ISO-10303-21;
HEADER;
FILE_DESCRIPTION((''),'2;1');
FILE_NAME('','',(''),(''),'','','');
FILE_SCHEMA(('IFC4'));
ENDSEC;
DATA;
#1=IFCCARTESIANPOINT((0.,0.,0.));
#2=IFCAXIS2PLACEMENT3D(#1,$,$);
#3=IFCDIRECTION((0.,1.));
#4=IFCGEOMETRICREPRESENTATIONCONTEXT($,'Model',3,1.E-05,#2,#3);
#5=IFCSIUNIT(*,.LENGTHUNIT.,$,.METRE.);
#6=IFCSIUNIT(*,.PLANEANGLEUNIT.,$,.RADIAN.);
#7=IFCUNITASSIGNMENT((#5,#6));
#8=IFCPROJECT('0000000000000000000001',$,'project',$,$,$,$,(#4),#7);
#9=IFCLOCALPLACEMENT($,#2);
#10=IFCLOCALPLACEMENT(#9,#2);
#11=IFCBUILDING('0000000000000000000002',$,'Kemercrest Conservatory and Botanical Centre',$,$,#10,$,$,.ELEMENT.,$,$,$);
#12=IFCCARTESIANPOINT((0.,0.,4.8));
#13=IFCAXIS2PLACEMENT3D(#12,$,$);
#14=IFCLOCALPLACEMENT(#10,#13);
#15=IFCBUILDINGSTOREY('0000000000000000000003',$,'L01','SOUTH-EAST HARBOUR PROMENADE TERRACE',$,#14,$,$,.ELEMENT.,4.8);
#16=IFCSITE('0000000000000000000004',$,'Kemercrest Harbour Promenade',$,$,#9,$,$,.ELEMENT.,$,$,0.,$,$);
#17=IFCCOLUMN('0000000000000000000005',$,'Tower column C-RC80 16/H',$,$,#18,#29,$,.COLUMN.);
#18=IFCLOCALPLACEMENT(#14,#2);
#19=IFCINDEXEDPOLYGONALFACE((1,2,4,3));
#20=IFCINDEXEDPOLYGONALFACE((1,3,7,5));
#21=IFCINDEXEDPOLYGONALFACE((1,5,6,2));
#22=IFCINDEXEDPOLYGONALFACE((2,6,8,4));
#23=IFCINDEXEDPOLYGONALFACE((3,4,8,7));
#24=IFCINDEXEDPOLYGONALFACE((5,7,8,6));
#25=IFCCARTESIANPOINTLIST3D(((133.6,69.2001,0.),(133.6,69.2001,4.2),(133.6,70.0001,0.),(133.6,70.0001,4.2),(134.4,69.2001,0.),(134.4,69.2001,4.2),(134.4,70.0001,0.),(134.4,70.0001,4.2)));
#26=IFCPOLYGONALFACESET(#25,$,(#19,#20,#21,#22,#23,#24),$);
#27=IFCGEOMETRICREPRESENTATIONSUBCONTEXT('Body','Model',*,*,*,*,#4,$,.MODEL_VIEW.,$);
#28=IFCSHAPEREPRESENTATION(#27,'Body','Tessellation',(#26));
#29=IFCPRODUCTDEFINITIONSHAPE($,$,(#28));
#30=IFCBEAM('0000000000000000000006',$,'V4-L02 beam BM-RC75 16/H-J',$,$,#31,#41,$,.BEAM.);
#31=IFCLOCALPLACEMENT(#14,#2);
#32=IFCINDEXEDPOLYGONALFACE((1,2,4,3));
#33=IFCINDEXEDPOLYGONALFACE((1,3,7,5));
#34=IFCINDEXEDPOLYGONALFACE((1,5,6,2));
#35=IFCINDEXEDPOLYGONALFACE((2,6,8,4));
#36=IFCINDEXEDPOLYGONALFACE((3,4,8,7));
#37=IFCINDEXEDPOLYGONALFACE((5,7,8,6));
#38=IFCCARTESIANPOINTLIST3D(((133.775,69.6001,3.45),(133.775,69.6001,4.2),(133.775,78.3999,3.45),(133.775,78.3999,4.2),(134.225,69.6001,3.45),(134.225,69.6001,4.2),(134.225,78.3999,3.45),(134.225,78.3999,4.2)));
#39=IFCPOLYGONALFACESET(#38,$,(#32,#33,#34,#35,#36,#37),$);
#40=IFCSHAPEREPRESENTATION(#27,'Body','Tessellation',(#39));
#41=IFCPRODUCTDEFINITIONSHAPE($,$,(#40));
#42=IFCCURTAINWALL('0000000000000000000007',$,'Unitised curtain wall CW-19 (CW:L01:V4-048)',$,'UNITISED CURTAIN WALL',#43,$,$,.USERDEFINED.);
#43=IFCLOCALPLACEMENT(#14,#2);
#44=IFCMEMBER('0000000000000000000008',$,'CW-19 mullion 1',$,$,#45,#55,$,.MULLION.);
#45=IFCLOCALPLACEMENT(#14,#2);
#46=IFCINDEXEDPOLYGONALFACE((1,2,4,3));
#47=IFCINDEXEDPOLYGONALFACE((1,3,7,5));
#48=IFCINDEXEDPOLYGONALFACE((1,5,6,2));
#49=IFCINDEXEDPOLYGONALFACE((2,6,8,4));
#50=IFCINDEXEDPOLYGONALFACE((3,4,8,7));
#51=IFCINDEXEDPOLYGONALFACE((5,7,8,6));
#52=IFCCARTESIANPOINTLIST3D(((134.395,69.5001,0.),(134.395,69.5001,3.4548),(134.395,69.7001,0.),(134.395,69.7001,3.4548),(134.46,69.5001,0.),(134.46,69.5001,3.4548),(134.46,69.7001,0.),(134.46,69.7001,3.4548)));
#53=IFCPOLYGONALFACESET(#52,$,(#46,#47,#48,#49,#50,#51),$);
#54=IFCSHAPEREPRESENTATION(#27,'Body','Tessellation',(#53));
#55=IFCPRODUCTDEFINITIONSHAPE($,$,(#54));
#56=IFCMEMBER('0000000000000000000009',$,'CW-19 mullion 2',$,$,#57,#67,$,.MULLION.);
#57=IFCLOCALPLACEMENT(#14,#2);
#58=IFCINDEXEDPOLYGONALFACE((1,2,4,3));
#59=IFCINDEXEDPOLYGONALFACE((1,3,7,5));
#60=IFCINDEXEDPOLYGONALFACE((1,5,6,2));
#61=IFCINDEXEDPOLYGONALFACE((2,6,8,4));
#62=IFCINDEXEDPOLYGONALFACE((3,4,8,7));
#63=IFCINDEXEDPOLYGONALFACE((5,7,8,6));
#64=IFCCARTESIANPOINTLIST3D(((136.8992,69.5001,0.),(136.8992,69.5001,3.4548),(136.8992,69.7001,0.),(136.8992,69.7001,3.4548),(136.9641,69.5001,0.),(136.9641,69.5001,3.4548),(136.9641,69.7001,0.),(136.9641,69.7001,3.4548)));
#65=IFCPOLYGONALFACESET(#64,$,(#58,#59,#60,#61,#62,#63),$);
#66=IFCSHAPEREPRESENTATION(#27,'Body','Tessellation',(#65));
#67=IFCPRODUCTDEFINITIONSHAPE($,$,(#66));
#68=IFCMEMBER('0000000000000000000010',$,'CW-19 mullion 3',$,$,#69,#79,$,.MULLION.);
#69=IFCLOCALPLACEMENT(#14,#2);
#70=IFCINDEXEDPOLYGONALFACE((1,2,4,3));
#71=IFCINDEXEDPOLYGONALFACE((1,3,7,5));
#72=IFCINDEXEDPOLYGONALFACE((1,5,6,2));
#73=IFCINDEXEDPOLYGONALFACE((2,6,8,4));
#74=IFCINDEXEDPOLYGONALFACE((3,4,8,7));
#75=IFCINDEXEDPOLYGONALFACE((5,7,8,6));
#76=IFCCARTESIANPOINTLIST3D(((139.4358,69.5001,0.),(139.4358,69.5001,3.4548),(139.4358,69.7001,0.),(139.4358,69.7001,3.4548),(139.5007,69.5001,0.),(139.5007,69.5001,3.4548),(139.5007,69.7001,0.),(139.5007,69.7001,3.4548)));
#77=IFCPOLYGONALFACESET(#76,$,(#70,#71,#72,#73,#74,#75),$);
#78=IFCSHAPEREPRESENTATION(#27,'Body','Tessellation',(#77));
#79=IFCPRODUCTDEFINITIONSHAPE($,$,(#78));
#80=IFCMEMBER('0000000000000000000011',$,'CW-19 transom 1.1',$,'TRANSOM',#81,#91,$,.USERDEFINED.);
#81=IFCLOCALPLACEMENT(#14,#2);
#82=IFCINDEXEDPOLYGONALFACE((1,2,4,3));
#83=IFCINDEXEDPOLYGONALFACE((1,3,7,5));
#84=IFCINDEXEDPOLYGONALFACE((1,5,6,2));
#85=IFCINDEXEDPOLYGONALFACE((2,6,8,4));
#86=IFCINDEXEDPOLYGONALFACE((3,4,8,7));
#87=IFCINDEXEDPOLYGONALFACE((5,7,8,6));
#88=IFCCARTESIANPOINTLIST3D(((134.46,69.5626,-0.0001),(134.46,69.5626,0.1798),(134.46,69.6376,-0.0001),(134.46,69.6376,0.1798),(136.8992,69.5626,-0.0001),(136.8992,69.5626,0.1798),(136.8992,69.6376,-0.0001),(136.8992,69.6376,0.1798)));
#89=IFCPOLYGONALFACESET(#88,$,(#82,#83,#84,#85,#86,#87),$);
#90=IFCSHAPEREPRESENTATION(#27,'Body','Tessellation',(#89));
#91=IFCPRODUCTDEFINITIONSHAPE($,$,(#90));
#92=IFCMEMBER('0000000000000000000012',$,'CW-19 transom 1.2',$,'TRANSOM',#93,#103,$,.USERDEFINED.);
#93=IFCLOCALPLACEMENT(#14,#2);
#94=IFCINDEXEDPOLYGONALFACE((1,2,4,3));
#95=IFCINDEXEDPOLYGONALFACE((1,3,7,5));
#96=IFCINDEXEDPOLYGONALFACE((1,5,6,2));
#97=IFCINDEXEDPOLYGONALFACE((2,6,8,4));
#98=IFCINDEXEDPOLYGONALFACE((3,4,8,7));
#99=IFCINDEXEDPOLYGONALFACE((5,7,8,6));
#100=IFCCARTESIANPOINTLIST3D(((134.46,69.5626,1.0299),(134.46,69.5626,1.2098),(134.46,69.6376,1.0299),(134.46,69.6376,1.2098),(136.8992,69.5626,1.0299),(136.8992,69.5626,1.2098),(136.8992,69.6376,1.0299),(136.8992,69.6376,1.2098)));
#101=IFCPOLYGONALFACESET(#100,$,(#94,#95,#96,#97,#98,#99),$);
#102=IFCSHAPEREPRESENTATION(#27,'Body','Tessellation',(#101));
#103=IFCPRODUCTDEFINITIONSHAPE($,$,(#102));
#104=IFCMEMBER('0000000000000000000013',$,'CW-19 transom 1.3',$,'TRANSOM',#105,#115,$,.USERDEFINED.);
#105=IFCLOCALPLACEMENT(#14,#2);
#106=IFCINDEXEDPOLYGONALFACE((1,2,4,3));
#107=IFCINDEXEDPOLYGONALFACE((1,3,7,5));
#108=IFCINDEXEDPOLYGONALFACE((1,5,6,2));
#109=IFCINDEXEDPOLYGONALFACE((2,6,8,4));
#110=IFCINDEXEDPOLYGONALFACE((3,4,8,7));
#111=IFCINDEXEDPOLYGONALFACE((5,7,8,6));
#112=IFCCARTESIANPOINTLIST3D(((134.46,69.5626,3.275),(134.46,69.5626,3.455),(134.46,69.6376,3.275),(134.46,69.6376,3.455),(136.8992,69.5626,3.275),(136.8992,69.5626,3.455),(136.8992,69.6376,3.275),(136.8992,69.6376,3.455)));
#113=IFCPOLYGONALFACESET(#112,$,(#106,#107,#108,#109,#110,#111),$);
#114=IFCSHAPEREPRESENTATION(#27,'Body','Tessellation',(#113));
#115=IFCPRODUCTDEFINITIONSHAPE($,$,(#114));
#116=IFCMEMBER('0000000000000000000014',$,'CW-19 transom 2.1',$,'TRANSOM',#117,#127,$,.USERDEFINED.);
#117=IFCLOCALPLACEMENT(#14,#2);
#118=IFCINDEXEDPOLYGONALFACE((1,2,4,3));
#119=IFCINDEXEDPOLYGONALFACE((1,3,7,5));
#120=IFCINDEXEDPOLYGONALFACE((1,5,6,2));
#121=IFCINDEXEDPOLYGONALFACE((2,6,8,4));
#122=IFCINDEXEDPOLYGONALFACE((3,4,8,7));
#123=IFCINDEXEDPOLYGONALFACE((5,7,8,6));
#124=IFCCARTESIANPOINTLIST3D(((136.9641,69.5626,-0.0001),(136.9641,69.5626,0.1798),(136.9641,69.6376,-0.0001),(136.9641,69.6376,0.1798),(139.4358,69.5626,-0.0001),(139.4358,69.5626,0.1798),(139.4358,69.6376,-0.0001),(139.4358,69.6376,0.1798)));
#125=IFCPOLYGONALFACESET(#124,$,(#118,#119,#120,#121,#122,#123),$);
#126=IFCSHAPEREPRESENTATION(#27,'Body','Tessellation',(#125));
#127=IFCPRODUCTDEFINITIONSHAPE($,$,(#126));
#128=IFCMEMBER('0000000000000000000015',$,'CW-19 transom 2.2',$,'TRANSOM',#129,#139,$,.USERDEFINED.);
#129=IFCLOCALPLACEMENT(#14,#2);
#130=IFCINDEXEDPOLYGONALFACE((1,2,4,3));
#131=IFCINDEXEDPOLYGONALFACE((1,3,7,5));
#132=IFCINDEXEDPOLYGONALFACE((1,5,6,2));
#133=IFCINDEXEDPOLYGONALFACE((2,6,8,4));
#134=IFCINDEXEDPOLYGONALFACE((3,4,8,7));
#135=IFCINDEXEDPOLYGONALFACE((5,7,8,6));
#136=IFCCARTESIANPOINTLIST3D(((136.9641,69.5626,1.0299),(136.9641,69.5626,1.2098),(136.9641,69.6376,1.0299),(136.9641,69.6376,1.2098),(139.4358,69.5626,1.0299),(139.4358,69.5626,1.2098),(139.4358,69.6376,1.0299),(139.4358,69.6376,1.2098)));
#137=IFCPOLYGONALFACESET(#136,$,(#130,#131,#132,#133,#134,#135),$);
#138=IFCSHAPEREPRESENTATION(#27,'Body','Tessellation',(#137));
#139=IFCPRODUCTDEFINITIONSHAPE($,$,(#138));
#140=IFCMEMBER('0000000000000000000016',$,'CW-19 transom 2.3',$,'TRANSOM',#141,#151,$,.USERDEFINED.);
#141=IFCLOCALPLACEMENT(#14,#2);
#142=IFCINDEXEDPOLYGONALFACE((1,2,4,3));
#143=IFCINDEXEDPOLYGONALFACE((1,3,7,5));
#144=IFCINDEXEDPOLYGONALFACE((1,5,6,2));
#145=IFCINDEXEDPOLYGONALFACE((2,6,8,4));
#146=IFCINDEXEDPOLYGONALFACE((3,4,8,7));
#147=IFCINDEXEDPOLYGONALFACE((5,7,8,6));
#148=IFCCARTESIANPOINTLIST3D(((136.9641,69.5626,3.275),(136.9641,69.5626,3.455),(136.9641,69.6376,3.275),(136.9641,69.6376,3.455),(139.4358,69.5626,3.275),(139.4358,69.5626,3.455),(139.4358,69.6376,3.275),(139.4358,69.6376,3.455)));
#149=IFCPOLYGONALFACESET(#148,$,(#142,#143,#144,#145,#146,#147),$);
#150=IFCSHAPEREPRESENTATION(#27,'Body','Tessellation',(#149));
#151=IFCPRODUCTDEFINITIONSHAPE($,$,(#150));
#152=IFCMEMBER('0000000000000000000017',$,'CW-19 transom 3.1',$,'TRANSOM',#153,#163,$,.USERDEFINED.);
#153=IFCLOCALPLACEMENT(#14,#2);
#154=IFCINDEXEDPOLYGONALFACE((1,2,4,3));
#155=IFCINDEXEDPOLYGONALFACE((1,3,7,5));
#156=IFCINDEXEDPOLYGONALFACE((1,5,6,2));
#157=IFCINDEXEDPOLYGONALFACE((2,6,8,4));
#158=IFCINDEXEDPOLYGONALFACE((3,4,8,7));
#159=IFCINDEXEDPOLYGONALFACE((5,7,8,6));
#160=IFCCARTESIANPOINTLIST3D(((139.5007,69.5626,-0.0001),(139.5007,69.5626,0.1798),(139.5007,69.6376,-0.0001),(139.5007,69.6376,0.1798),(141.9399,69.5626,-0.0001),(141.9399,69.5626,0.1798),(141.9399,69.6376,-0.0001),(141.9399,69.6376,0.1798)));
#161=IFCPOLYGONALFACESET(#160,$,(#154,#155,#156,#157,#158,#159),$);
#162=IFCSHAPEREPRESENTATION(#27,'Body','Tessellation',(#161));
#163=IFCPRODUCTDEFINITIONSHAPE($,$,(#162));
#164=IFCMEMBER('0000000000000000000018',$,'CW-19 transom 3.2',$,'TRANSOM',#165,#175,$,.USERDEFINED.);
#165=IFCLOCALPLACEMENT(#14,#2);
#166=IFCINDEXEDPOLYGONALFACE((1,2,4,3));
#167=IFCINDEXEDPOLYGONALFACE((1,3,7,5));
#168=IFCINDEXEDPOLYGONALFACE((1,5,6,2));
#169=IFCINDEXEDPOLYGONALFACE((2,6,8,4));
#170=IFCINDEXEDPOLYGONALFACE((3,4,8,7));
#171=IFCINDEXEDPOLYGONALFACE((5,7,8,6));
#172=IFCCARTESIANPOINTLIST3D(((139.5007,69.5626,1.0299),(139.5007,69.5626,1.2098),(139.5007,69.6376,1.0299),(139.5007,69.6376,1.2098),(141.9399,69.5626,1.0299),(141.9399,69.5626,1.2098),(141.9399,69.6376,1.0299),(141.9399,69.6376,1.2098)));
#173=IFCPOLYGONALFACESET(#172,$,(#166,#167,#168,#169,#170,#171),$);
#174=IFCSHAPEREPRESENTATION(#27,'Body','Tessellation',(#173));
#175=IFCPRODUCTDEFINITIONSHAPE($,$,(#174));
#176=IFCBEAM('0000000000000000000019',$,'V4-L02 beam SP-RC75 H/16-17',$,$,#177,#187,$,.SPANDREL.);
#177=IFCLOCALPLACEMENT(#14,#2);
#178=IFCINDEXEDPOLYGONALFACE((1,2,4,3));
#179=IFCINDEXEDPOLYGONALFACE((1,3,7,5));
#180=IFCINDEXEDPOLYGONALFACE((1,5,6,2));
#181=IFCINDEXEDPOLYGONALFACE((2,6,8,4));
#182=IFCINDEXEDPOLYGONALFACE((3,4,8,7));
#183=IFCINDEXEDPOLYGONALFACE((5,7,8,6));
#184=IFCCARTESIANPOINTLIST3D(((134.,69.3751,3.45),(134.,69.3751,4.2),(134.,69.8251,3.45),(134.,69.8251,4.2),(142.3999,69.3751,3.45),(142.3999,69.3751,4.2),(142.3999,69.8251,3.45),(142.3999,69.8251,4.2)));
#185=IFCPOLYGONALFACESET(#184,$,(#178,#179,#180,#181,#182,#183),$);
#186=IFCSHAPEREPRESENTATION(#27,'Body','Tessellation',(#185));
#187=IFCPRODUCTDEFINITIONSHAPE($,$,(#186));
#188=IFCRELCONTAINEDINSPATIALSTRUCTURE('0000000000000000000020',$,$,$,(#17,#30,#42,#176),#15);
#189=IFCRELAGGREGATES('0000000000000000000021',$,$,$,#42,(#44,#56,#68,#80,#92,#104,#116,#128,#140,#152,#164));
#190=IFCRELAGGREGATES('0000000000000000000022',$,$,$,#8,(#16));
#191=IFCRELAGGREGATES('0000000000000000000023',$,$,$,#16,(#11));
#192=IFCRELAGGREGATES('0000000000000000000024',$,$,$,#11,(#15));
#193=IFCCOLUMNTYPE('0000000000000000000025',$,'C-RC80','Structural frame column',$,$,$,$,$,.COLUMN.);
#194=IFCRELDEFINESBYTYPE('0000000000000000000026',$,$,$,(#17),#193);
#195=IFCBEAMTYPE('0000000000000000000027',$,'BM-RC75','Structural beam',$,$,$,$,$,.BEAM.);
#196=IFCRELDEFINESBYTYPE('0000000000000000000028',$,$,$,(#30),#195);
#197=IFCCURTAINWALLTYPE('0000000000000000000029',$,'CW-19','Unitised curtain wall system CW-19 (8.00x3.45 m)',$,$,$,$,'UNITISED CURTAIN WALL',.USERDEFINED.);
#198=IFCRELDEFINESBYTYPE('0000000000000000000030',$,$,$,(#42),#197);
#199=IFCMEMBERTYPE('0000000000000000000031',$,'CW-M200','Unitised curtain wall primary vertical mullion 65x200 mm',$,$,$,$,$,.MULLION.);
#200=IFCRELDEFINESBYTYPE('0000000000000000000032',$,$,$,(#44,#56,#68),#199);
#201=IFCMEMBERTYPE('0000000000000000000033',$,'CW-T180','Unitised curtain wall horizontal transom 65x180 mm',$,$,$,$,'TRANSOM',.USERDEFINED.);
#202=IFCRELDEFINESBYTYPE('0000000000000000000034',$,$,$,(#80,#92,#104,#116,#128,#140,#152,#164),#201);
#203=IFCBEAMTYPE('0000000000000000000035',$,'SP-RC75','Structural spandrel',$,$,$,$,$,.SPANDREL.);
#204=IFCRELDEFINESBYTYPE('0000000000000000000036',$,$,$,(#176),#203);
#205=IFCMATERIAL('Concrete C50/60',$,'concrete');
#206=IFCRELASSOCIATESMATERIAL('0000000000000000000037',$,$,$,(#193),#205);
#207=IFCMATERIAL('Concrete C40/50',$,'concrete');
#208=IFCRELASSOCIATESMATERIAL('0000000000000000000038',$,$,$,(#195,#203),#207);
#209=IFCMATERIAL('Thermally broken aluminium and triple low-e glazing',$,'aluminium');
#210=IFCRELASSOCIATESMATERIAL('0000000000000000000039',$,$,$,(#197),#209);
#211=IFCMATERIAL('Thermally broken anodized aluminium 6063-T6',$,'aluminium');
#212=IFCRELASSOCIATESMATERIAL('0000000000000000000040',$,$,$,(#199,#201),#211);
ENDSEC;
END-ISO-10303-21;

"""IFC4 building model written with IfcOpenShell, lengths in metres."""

from ifc_helpers import new_model, si_unit, direction, frame, origin, origin_2d, place, context, subcontext, project, spatial, rectangle, extrude, material, material_profile, profile_set, type_object, element, aggregate, save


model = new_model("IFC4")

# Units and contexts
model_context = context("Model", 3, precision=1e-05, world=origin(), true_north=direction((0.0, 1.0)))
body_context = subcontext(model_context, "Body", "Model", "MODEL_VIEW")
ifc_project = project(units=[si_unit("LENGTHUNIT", "METRE"), si_unit("PLANEANGLEUNIT", "RADIAN")], contexts=[model_context])

# Site, building, storey
site_placement = place(None, origin())
site = spatial("IfcSite", under=ifc_project, at=site_placement, Name="Kemercrest Harbour Promenade", CompositionType="ELEMENT", RefElevation=0.0)
building_placement = place(site_placement, origin())
building = spatial("IfcBuilding", under=site, at=building_placement, Name="Kemercrest Conservatory and Botanical Centre", CompositionType="ELEMENT")
storey_placement = place(building_placement, frame((0.0, 0.0, 4.8)))
storey = spatial("IfcBuildingStorey", under=building, at=storey_placement, Name="L01", Description="SOUTH-EAST HARBOUR PROMENADE TERRACE", CompositionType="ELEMENT", Elevation=4.8)

# Column
ifc_material_1 = material(Name="Concrete C50/60", Category="concrete")
ifc_material_profile_1 = material_profile(ifc_material_1, rectangle(XDim=0.8, YDim=0.8, at=origin_2d()), Name="RC 800x800")
ifc_profile_set_1 = profile_set([ifc_material_profile_1], Name="Concrete C50/60")
column_type = type_object("IfcColumnType", Name="C-RC80", Description="Structural frame column", PredefinedType="COLUMN", material=ifc_profile_set_1)
column_placement = place(storey_placement, frame((134.0, 69.6001, 0.0), z_axis=(0.0, 0.0, 1.0), x_axis=(1.0, 0.0, 0.0)))
element("IfcColumn", 1, at=column_placement, inside=storey, type_object=column_type, Name="Tower column C-RC80 16/H", PredefinedType="COLUMN", context=body_context, shape_type="SweptSolid", body=[
    extrude(rectangle(XDim=0.8, YDim=0.8, at=origin_2d()), origin(), (0.0, 0.0, 1.0), 4.2),
])

# Beam
ifc_material_2 = material(Name="Concrete C40/50", Category="concrete")
ifc_material_profile_2 = material_profile(ifc_material_2, rectangle(XDim=0.45, YDim=0.75, at=origin_2d()), Name="RC 450x750")
ifc_profile_set_2 = profile_set([ifc_material_profile_2], Name="Concrete C40/50")
beam_type_1 = type_object("IfcBeamType", Name="BM-RC75", Description="Structural beam", PredefinedType="BEAM", material=ifc_profile_set_2)
beam_1_placement = place(storey_placement, frame((134.0, 69.6001, 3.825), z_axis=(0.0, 1.0, 0.0), x_axis=(-1.0, 0.0, 0.0)))
element("IfcBeam", 2, at=beam_1_placement, inside=storey, type_object=beam_type_1, Name="V4-L02 beam BM-RC75 16/H-J", PredefinedType="BEAM", context=body_context, shape_type="SweptSolid", body=[
    extrude(rectangle(XDim=0.45, YDim=0.75, at=origin_2d()), origin(), (0.0, 0.0, 1.0), 8.7998),
])

# Curtain wall, members
ifc_material_3 = material(Name="Thermally broken aluminium and triple low-e glazing", Category="aluminium")
curtain_wall_type = type_object("IfcCurtainWallType", Name="CW-19", Description="Unitised curtain wall system CW-19 (8.00x3.45 m)", ElementType="UNITISED CURTAIN WALL", PredefinedType="USERDEFINED", material=ifc_material_3)
curtain_wall_placement = place(storey_placement, origin())
curtain_wall = element("IfcCurtainWall", 3, at=curtain_wall_placement, inside=storey, type_object=curtain_wall_type, Name="Unitised curtain wall CW-19 (CW:L01:V4-048)", ObjectType="UNITISED CURTAIN WALL", PredefinedType="USERDEFINED")
ifc_material_4 = material(Name="Thermally broken anodized aluminium 6063-T6", Category="aluminium")
ifc_material_profile_3 = material_profile(ifc_material_4, rectangle(XDim=0.2, YDim=0.0649, at=origin_2d()), Name="AL MULLION 65x200")
ifc_profile_set_3 = profile_set([ifc_material_profile_3], Name="Thermally broken anodized aluminium 6063-T6")
member_type_1 = type_object("IfcMemberType", Name="CW-M200", Description="Unitised curtain wall primary vertical mullion 65x200 mm", PredefinedType="MULLION", material=ifc_profile_set_3)
member_1_placement = place(storey_placement, frame((134.4275, 69.6001, 0.0), z_axis=(0.0, 0.0, 1.0), x_axis=(0.0, 1.0, 0.0)))
member_1 = element("IfcMember", 4, at=member_1_placement, type_object=member_type_1, Name="CW-19 mullion 1", PredefinedType="MULLION", context=body_context, shape_type="SweptSolid", body=[
    extrude(rectangle(XDim=0.2, YDim=0.0649, at=origin_2d()), origin(), (0.0, 0.0, 1.0), 3.4548),
])
member_2_placement = place(storey_placement, frame((136.9316, 69.6001, 0.0), z_axis=(0.0, 0.0, 1.0), x_axis=(0.0, 1.0, 0.0)))
member_2 = element("IfcMember", 5, at=member_2_placement, type_object=member_type_1, Name="CW-19 mullion 2", PredefinedType="MULLION", context=body_context, shape_type="SweptSolid", body=[
    extrude(rectangle(XDim=0.2, YDim=0.0649, at=origin_2d()), origin(), (0.0, 0.0, 1.0), 3.4548),
])
member_3_placement = place(storey_placement, frame((139.4683, 69.6001, 0.0), z_axis=(0.0, 0.0, 1.0), x_axis=(0.0, 1.0, 0.0)))
member_3 = element("IfcMember", 6, at=member_3_placement, type_object=member_type_1, Name="CW-19 mullion 3", PredefinedType="MULLION", context=body_context, shape_type="SweptSolid", body=[
    extrude(rectangle(XDim=0.2, YDim=0.0649, at=origin_2d()), origin(), (0.0, 0.0, 1.0), 3.4548),
])
ifc_material_profile_4 = material_profile(ifc_material_4, rectangle(XDim=0.075, YDim=0.1799, at=origin_2d()), Name="AL TRANSOM 75x180")
ifc_profile_set_4 = profile_set([ifc_material_profile_4], Name="Thermally broken anodized aluminium 6063-T6")
member_type_2 = type_object("IfcMemberType", Name="CW-T180", Description="Unitised curtain wall horizontal transom 65x180 mm", ElementType="TRANSOM", PredefinedType="USERDEFINED", material=ifc_profile_set_4)
member_4_placement = place(storey_placement, frame((134.46, 69.6001, 0.0898), z_axis=(1.0, 0.0, 0.0), x_axis=(0.0, 1.0, 0.0)))
member_4 = element("IfcMember", 7, at=member_4_placement, type_object=member_type_2, Name="CW-19 transom 1.1", ObjectType="TRANSOM", PredefinedType="USERDEFINED", context=body_context, shape_type="SweptSolid", body=[
    extrude(rectangle(XDim=0.075, YDim=0.1799, at=origin_2d()), origin(), (0.0, 0.0, 1.0), 2.4392),
])
member_5_placement = place(storey_placement, frame((134.46, 69.6001, 1.1199), z_axis=(1.0, 0.0, 0.0), x_axis=(0.0, 1.0, 0.0)))
member_5 = element("IfcMember", 8, at=member_5_placement, type_object=member_type_2, Name="CW-19 transom 1.2", ObjectType="TRANSOM", PredefinedType="USERDEFINED", context=body_context, shape_type="SweptSolid", body=[
    extrude(rectangle(XDim=0.075, YDim=0.1799, at=origin_2d()), origin(), (0.0, 0.0, 1.0), 2.4392),
])
member_6_placement = place(storey_placement, frame((134.46, 69.6001, 3.365), z_axis=(1.0, 0.0, 0.0), x_axis=(0.0, 1.0, 0.0)))
member_6 = element("IfcMember", 9, at=member_6_placement, type_object=member_type_2, Name="CW-19 transom 1.3", ObjectType="TRANSOM", PredefinedType="USERDEFINED", context=body_context, shape_type="SweptSolid", body=[
    extrude(rectangle(XDim=0.075, YDim=0.1799, at=origin_2d()), origin(), (0.0, 0.0, 1.0), 2.4392),
])
member_7_placement = place(storey_placement, frame((136.9641, 69.6001, 0.0898), z_axis=(1.0, 0.0, 0.0), x_axis=(0.0, 1.0, 0.0)))
member_7 = element("IfcMember", 10, at=member_7_placement, type_object=member_type_2, Name="CW-19 transom 2.1", ObjectType="TRANSOM", PredefinedType="USERDEFINED", context=body_context, shape_type="SweptSolid", body=[
    extrude(rectangle(XDim=0.075, YDim=0.1799, at=origin_2d()), origin(), (0.0, 0.0, 1.0), 2.4717),
])
member_8_placement = place(storey_placement, frame((136.9641, 69.6001, 1.1199), z_axis=(1.0, 0.0, 0.0), x_axis=(0.0, 1.0, 0.0)))
member_8 = element("IfcMember", 11, at=member_8_placement, type_object=member_type_2, Name="CW-19 transom 2.2", ObjectType="TRANSOM", PredefinedType="USERDEFINED", context=body_context, shape_type="SweptSolid", body=[
    extrude(rectangle(XDim=0.075, YDim=0.1799, at=origin_2d()), origin(), (0.0, 0.0, 1.0), 2.4717),
])
member_9_placement = place(storey_placement, frame((136.9641, 69.6001, 3.365), z_axis=(1.0, 0.0, 0.0), x_axis=(0.0, 1.0, 0.0)))
member_9 = element("IfcMember", 12, at=member_9_placement, type_object=member_type_2, Name="CW-19 transom 2.3", ObjectType="TRANSOM", PredefinedType="USERDEFINED", context=body_context, shape_type="SweptSolid", body=[
    extrude(rectangle(XDim=0.075, YDim=0.1799, at=origin_2d()), origin(), (0.0, 0.0, 1.0), 2.4717),
])
member_10_placement = place(storey_placement, frame((139.5007, 69.6001, 0.0898), z_axis=(1.0, 0.0, 0.0), x_axis=(0.0, 1.0, 0.0)))
member_10 = element("IfcMember", 13, at=member_10_placement, type_object=member_type_2, Name="CW-19 transom 3.1", ObjectType="TRANSOM", PredefinedType="USERDEFINED", context=body_context, shape_type="SweptSolid", body=[
    extrude(rectangle(XDim=0.075, YDim=0.1799, at=origin_2d()), origin(), (0.0, 0.0, 1.0), 2.4392),
])
member_11_placement = place(storey_placement, frame((139.5007, 69.6001, 1.1199), z_axis=(1.0, 0.0, 0.0), x_axis=(0.0, 1.0, 0.0)))
member_11 = element("IfcMember", 14, at=member_11_placement, type_object=member_type_2, Name="CW-19 transom 3.2", ObjectType="TRANSOM", PredefinedType="USERDEFINED", context=body_context, shape_type="SweptSolid", body=[
    extrude(rectangle(XDim=0.075, YDim=0.1799, at=origin_2d()), origin(), (0.0, 0.0, 1.0), 2.4392),
])

# Beam
ifc_material_profile_5 = material_profile(ifc_material_2, rectangle(XDim=0.45, YDim=0.75, at=origin_2d()), Name="RC 450x750")
ifc_profile_set_5 = profile_set([ifc_material_profile_5], Name="Concrete C40/50")
beam_type_2 = type_object("IfcBeamType", Name="SP-RC75", Description="Structural spandrel", PredefinedType="SPANDREL", material=ifc_profile_set_5)
beam_2_placement = place(storey_placement, frame((134.0, 69.6001, 3.825), z_axis=(1.0, 0.0, 0.0), x_axis=(0.0, 1.0, 0.0)))
element("IfcBeam", 15, at=beam_2_placement, inside=storey, type_object=beam_type_2, Name="V4-L02 beam SP-RC75 H/16-17", PredefinedType="SPANDREL", context=body_context, shape_type="SweptSolid", body=[
    extrude(rectangle(XDim=0.45, YDim=0.75, at=origin_2d()), origin(), (0.0, 0.0, 1.0), 8.3999),
])

aggregate(curtain_wall, [member_1, member_2, member_3, member_4, member_5, member_6, member_7, member_8, member_9, member_10, member_11])

save(model, "model.ifc")
